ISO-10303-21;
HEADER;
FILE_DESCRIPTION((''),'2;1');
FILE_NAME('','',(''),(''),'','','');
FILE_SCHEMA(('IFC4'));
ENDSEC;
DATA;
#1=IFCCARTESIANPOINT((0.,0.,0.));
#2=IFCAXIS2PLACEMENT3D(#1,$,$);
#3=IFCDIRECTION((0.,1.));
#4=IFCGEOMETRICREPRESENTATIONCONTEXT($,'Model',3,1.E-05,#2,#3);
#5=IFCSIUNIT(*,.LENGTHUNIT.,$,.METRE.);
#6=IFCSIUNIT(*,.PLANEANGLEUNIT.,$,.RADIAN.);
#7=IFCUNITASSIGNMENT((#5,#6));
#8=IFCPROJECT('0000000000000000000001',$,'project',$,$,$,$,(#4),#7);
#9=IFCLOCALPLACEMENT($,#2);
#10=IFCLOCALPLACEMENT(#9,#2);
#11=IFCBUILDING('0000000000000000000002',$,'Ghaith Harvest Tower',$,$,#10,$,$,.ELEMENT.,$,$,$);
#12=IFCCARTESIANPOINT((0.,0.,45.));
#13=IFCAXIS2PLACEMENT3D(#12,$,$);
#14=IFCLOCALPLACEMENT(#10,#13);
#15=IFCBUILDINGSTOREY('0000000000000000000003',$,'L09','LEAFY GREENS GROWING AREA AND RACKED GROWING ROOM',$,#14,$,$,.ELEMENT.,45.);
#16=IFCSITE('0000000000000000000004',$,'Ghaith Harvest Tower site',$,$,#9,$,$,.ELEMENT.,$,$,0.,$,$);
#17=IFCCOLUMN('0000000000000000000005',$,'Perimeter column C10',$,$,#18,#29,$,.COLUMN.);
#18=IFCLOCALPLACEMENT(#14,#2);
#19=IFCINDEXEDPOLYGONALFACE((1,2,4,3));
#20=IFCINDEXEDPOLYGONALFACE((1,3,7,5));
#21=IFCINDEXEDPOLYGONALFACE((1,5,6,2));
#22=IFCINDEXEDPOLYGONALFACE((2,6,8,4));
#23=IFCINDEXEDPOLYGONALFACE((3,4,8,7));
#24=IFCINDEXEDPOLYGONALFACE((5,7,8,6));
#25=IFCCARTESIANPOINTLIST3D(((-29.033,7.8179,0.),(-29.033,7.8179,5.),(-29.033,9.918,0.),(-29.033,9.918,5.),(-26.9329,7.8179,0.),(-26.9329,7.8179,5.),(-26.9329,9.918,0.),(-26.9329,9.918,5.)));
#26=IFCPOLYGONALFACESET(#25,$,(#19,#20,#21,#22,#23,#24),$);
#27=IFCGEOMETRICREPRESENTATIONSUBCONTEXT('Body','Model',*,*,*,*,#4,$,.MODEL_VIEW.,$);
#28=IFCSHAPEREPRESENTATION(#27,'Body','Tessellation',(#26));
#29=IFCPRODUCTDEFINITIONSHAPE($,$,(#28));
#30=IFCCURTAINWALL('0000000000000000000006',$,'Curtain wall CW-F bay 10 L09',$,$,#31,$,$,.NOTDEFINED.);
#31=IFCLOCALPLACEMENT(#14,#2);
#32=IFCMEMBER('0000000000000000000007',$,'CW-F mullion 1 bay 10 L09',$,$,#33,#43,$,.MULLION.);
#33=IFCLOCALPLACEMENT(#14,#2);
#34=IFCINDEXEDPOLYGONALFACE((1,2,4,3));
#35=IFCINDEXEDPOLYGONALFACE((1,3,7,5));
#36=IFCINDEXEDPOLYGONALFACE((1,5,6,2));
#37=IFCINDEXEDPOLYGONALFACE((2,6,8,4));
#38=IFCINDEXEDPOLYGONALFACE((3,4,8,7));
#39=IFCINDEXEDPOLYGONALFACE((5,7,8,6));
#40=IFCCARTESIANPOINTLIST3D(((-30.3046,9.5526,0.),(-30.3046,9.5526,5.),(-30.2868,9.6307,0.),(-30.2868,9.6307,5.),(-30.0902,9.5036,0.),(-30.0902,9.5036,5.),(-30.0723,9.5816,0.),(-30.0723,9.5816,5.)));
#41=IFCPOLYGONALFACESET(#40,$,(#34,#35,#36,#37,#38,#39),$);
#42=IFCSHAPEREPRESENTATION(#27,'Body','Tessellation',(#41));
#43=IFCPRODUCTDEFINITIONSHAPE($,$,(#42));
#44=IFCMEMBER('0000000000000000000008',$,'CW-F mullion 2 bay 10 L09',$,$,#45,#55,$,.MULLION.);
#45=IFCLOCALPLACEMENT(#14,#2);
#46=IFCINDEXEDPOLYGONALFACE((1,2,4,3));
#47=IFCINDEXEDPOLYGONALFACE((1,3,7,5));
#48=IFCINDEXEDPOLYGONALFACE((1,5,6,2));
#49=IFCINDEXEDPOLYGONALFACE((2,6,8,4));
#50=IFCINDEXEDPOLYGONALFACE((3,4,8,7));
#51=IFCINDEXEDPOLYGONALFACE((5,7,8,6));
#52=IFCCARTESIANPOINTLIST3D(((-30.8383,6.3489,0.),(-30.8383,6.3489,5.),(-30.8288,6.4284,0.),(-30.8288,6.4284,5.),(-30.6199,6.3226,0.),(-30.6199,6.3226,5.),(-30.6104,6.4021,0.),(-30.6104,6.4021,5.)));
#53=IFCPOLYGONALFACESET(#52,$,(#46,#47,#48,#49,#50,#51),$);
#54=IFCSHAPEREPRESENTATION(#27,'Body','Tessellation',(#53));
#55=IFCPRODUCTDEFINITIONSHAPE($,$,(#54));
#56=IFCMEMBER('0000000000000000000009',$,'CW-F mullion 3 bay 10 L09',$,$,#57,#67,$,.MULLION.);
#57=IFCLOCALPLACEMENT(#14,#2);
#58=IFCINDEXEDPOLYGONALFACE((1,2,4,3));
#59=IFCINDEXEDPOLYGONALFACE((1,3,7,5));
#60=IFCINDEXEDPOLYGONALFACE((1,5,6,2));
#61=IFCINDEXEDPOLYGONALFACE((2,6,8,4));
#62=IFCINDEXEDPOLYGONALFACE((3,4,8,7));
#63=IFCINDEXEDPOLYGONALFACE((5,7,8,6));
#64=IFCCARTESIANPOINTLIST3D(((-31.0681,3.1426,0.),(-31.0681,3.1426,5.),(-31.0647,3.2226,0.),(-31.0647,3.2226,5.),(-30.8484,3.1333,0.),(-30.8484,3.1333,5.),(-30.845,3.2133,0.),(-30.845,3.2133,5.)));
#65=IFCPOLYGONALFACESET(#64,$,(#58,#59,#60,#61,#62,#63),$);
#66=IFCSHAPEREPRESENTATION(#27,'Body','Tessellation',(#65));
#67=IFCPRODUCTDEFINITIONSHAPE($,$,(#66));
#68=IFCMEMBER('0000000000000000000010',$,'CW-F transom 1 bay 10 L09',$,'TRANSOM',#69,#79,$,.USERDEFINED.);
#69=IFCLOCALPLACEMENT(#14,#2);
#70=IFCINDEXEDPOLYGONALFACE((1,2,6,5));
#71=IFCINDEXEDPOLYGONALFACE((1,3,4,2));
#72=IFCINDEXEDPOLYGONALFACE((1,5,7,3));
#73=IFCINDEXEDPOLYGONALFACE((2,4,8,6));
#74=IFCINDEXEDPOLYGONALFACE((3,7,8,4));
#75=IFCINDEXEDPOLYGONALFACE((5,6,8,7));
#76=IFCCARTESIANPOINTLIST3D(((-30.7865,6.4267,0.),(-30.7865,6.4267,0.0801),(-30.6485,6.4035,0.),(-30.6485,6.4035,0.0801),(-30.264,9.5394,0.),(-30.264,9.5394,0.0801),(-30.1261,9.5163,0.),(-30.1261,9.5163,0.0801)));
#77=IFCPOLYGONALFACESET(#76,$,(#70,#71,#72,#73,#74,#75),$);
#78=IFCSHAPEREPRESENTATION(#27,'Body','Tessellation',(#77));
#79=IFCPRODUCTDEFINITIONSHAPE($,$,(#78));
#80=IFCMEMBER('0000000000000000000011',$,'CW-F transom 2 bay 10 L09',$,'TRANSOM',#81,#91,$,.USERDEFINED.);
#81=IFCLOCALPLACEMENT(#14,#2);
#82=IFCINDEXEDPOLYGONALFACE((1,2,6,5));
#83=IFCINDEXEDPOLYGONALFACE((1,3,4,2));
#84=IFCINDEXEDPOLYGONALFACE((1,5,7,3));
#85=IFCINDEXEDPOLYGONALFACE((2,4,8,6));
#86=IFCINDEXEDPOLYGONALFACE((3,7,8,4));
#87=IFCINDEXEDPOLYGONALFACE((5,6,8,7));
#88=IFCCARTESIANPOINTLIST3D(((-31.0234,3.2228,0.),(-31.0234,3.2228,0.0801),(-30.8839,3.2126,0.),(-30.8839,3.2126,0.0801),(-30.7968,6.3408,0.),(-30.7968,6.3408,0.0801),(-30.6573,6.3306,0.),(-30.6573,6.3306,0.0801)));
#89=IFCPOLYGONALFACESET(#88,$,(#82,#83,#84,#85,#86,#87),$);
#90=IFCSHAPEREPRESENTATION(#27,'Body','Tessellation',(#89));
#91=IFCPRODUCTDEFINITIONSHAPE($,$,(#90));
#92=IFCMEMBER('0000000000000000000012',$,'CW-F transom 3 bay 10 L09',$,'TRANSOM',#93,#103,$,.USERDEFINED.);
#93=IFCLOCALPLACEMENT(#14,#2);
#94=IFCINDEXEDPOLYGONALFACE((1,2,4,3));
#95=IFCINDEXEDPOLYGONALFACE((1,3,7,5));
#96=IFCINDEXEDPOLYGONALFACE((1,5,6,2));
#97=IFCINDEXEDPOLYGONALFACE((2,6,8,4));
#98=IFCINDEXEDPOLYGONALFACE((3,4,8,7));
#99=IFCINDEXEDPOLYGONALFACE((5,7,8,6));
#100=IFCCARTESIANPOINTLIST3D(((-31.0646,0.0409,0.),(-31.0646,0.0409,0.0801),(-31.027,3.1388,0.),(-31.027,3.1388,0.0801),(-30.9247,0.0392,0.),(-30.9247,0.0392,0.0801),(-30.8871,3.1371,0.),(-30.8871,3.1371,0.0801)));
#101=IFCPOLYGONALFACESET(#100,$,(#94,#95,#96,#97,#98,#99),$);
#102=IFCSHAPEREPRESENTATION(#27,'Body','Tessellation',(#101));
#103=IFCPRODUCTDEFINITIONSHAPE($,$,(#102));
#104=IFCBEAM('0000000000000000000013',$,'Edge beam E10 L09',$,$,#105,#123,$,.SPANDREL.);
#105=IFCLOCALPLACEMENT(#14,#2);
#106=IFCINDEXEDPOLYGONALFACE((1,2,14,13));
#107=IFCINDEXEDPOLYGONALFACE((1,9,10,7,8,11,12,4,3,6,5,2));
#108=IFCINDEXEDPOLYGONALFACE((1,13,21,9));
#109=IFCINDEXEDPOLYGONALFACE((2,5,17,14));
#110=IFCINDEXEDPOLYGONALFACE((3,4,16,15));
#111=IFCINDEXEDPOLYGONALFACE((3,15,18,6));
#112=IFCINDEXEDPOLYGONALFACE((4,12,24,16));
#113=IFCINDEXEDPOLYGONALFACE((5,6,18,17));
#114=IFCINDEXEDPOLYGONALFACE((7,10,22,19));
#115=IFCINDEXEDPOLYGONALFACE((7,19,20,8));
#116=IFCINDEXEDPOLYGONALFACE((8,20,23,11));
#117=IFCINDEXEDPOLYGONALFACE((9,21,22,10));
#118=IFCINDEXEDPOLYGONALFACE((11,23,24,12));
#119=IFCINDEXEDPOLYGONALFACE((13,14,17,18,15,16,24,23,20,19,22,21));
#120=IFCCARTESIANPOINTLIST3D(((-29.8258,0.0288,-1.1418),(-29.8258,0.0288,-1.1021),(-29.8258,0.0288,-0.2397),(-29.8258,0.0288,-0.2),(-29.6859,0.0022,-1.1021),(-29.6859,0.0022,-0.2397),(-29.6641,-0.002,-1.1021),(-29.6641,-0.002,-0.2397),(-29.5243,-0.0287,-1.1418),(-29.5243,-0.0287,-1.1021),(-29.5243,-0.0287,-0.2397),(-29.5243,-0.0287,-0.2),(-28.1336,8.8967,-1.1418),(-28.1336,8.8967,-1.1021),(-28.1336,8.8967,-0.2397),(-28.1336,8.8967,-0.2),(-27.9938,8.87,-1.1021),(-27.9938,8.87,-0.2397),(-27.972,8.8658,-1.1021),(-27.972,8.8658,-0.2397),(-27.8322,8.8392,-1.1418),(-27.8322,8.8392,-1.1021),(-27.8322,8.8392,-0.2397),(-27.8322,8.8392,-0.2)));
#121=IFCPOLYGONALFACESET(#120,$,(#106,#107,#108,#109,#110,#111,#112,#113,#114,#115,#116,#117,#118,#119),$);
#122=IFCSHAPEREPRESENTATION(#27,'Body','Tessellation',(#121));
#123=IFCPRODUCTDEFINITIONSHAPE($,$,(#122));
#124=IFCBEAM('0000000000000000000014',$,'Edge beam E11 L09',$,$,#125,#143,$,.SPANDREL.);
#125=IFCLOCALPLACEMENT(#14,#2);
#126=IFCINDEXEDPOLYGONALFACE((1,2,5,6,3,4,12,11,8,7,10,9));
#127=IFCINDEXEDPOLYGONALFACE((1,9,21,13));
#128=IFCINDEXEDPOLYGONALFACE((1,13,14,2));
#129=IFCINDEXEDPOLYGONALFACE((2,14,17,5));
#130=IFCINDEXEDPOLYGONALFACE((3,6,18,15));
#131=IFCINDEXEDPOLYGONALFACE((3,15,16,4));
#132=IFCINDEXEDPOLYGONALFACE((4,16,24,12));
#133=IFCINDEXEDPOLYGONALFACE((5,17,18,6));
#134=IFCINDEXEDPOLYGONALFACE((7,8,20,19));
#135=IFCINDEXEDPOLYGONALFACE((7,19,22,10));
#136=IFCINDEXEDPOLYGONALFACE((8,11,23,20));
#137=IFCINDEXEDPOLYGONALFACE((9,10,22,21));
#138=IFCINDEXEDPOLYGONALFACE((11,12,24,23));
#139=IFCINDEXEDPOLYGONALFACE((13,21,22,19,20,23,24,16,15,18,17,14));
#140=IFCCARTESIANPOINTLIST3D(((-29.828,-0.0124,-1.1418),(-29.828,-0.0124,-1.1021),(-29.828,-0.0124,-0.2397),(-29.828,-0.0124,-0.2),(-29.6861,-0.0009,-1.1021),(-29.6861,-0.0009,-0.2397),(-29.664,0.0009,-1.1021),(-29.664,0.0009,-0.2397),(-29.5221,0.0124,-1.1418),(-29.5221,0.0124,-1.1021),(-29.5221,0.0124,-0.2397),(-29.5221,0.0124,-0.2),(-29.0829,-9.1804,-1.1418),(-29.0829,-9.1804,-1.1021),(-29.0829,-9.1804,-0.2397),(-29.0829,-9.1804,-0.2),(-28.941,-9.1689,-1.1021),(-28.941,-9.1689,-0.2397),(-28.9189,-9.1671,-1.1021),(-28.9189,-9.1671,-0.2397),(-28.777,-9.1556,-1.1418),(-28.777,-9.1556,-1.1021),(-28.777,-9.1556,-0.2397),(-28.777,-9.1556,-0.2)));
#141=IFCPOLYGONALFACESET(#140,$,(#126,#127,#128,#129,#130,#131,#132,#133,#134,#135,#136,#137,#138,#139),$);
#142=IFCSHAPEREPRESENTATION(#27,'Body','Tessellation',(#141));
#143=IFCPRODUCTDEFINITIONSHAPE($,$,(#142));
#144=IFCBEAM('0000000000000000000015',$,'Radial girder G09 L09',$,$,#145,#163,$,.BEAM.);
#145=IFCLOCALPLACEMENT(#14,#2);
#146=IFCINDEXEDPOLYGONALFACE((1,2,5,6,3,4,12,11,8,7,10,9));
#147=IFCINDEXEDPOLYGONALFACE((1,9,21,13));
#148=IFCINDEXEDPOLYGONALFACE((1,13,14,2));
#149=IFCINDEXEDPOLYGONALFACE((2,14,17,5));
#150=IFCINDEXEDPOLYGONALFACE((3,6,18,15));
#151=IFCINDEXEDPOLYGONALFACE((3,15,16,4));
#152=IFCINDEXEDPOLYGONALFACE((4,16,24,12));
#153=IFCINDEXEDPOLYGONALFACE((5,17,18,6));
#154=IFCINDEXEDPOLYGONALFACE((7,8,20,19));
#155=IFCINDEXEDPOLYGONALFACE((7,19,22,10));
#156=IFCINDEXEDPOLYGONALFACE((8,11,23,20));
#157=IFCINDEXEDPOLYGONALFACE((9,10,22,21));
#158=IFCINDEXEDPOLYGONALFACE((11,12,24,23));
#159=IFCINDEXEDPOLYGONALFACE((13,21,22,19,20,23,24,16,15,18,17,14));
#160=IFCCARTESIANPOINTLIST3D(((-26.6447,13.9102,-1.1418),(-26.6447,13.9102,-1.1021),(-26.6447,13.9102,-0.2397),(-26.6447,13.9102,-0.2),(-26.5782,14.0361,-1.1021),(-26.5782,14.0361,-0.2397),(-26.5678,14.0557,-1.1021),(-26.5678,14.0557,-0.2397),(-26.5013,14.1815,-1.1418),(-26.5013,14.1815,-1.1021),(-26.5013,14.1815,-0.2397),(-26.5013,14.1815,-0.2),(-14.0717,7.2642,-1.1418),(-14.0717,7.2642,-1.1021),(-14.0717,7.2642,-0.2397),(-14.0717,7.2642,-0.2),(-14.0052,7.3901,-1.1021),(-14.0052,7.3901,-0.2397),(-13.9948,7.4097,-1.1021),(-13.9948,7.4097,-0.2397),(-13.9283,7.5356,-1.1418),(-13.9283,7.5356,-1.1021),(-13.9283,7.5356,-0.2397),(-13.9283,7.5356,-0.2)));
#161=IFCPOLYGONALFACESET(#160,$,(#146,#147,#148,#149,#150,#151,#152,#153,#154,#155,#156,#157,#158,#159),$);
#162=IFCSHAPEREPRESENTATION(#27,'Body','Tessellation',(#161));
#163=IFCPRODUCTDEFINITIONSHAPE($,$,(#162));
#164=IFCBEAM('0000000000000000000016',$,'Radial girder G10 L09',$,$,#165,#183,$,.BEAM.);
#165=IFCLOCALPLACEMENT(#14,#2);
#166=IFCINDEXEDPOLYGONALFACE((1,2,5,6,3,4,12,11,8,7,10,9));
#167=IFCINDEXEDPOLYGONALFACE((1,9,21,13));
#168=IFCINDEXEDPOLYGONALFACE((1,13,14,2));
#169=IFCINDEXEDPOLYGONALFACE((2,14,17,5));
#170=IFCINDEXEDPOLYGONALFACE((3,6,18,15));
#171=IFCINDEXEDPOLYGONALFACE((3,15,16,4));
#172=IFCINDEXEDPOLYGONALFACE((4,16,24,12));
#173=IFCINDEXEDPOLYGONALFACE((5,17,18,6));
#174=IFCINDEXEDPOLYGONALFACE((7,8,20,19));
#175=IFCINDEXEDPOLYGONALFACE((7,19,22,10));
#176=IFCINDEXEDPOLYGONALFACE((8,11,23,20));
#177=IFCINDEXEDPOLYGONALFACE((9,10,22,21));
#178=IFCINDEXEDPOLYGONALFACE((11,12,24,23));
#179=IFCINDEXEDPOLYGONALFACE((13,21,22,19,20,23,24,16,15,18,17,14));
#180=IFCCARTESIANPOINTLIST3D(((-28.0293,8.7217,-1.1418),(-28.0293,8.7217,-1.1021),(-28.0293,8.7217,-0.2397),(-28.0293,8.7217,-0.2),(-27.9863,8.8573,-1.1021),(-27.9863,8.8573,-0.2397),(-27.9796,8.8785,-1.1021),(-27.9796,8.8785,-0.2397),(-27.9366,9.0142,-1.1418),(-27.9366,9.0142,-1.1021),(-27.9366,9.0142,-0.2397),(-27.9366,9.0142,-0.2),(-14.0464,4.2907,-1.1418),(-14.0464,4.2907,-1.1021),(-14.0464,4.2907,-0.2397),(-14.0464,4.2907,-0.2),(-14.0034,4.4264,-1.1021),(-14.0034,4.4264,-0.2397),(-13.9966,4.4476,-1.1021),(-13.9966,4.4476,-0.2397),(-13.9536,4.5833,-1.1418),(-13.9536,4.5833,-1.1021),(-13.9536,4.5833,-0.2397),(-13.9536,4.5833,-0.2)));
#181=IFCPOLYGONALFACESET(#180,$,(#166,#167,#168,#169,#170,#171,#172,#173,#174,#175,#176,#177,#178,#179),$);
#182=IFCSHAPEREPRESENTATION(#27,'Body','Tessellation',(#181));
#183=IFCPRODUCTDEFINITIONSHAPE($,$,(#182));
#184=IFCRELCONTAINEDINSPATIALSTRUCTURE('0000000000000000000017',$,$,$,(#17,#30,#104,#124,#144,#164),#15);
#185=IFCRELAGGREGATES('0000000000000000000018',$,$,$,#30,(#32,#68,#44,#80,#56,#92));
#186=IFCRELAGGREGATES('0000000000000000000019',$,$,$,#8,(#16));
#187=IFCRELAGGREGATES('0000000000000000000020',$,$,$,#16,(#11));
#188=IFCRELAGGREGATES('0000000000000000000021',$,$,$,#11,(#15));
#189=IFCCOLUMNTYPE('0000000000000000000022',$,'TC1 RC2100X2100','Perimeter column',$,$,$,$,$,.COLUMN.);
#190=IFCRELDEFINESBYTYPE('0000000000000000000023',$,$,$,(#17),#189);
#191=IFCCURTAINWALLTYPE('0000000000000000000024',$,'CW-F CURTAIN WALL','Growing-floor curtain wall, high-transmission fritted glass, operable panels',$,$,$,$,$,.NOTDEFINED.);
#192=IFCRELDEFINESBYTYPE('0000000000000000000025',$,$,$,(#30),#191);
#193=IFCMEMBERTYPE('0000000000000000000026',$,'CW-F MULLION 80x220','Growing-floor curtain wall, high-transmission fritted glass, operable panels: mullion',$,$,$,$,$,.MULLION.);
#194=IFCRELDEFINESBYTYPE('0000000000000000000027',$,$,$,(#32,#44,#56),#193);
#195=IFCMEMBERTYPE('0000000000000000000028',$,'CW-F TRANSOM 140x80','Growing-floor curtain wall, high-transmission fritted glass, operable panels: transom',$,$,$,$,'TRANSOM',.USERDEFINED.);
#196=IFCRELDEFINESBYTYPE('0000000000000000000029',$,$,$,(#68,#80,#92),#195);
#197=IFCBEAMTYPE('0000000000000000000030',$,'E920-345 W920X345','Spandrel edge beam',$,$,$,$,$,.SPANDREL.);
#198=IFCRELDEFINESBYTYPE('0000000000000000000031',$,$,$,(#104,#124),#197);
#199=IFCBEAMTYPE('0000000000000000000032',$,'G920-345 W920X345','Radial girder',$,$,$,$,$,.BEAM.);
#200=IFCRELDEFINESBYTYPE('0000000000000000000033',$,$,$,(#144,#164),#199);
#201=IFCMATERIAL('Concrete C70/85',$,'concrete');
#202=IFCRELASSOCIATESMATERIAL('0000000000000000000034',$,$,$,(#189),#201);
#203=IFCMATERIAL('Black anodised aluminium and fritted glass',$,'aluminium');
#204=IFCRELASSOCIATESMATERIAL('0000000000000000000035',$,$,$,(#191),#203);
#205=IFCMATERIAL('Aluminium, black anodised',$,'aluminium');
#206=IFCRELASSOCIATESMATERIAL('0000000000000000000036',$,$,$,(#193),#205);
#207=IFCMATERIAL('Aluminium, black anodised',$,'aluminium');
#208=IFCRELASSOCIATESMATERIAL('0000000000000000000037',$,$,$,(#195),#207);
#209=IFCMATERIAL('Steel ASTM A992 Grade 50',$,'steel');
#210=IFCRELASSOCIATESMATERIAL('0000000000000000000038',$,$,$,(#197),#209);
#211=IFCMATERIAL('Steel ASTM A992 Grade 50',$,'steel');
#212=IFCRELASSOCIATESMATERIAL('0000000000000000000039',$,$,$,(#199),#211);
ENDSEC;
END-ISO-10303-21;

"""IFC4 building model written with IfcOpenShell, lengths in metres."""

from ifc_helpers import new_model, si_unit, direction, frame, origin, origin_2d, place, context, subcontext, project, spatial, rectangle, i_section, extrude, material, material_profile, profile_set, type_object, element, aggregate, save


model = new_model("IFC4")

# Units and contexts
model_context = context("Model", 3, precision=1e-05, world=origin(), true_north=direction((0.0, 1.0)))
body_context = subcontext(model_context, "Body", "Model", "MODEL_VIEW")
ifc_project = project(units=[si_unit("LENGTHUNIT", "METRE"), si_unit("PLANEANGLEUNIT", "RADIAN")], contexts=[model_context])

# Site, building, storey
site_placement = place(None, origin())
site = spatial("IfcSite", under=ifc_project, at=site_placement, Name="Ghaith Harvest Tower site", CompositionType="ELEMENT", RefElevation=0.0)
building_placement = place(site_placement, origin())
building = spatial("IfcBuilding", under=site, at=building_placement, Name="Ghaith Harvest Tower", CompositionType="ELEMENT")
storey_placement = place(building_placement, frame((0.0, 0.0, 45.0)))
storey = spatial("IfcBuildingStorey", under=building, at=storey_placement, Name="L09", Description="LEAFY GREENS GROWING AREA AND RACKED GROWING ROOM", CompositionType="ELEMENT", Elevation=45.0)

# Column
ifc_material_1 = material(Name="Concrete C70/85", Category="concrete")
ifc_material_profile_1 = material_profile(ifc_material_1, rectangle(XDim=2.1001, YDim=2.1001, at=origin_2d()), Name="RC2100X2100")
ifc_profile_set_1 = profile_set([ifc_material_profile_1], Name="Concrete C70/85")
column_type = type_object("IfcColumnType", Name="TC1 RC2100X2100", Description="Perimeter column", PredefinedType="COLUMN", material=ifc_profile_set_1)
column_placement = place(storey_placement, frame((-27.9829, 8.8679, 0.0), z_axis=(0.0, 0.0, 1.0), x_axis=(1.0, 0.0, 0.0)))
element("IfcColumn", 1, at=column_placement, inside=storey, type_object=column_type, Name="Perimeter column C10", PredefinedType="COLUMN", context=body_context, shape_type="SweptSolid", body=[
    extrude(rectangle(XDim=2.1001, YDim=2.1001, at=origin_2d()), origin(), (0.0, 0.0, 1.0), 5.0),
])

# Curtain wall, members
ifc_material_2 = material(Name="Black anodised aluminium and fritted glass", Category="aluminium")
curtain_wall_type = type_object("IfcCurtainWallType", Name="CW-F CURTAIN WALL", Description="Growing-floor curtain wall, high-transmission fritted glass, operable panels", PredefinedType="NOTDEFINED", material=ifc_material_2)
curtain_wall_1_placement = place(storey_placement, origin())
curtain_wall_1 = element("IfcCurtainWall", 2, at=curtain_wall_1_placement, inside=storey, type_object=curtain_wall_type, Name="Curtain wall CW-F bay 10 L09", PredefinedType="NOTDEFINED")
ifc_material_3 = material(Name="Aluminium, black anodised", Category="aluminium")
ifc_material_profile_2 = material_profile(ifc_material_3, rectangle(XDim=0.0801, YDim=0.22, at=origin_2d()), Name="CW-F MULLION 80x220")
ifc_profile_set_2 = profile_set([ifc_material_profile_2], Name="Aluminium, black anodised")
member_type_1 = type_object("IfcMemberType", Name="CW-F MULLION 80x220", Description="Growing-floor curtain wall, high-transmission fritted glass, operable panels: mullion", PredefinedType="MULLION", material=ifc_profile_set_2)
member_1_placement = place(storey_placement, frame((-30.1885, 9.5671, 0.0), z_axis=(0.0, 0.0, 1.0), x_axis=(-0.222967, -0.974826, 0.0)))
member_1 = element("IfcMember", 3, at=member_1_placement, type_object=member_type_1, Name="CW-F mullion 1 bay 10 L09", PredefinedType="MULLION", context=body_context, shape_type="SweptSolid", body=[
    extrude(rectangle(XDim=0.0801, YDim=0.22, at=origin_2d()), origin(), (0.0, 0.0, 1.0), 5.0),
])
member_2_placement = place(storey_placement, frame((-30.7244, 6.3755, 0.0), z_axis=(0.0, 0.0, 1.0), x_axis=(-0.119353, -0.992852, 0.0)))
member_2 = element("IfcMember", 4, at=member_2_placement, type_object=member_type_1, Name="CW-F mullion 2 bay 10 L09", PredefinedType="MULLION", context=body_context, shape_type="SweptSolid", body=[
    extrude(rectangle(XDim=0.0801, YDim=0.22, at=origin_2d()), origin(), (0.0, 0.0, 1.0), 5.0),
])
member_3_placement = place(storey_placement, frame((-30.9565, 3.178, 0.0), z_axis=(0.0, 0.0, 1.0), x_axis=(-0.042427, -0.9991, 0.0)))
member_3 = element("IfcMember", 5, at=member_3_placement, type_object=member_type_1, Name="CW-F mullion 3 bay 10 L09", PredefinedType="MULLION", context=body_context, shape_type="SweptSolid", body=[
    extrude(rectangle(XDim=0.0801, YDim=0.22, at=origin_2d()), origin(), (0.0, 0.0, 1.0), 5.0),
])
ifc_material_4 = material(Name="Aluminium, black anodised", Category="aluminium")
ifc_material_profile_3 = material_profile(ifc_material_4, rectangle(XDim=0.1399, YDim=0.0801, at=origin_2d()), Name="CW-F TRANSOM 140x80")
ifc_profile_set_3 = profile_set([ifc_material_profile_3], Name="Aluminium, black anodised")
member_type_2 = type_object("IfcMemberType", Name="CW-F TRANSOM 140x80", Description="Growing-floor curtain wall, high-transmission fritted glass, operable panels: transom", ElementType="TRANSOM", PredefinedType="USERDEFINED", material=ifc_profile_set_3)
member_4_placement = place(storey_placement, frame((-30.1951, 9.5278, 0.04), z_axis=(-0.165528, -0.986205, 0.0), x_axis=(0.986205, -0.165528, 0.0)))
member_4 = element("IfcMember", 6, at=member_4_placement, type_object=member_type_2, Name="CW-F transom 1 bay 10 L09", ObjectType="TRANSOM", PredefinedType="USERDEFINED", context=body_context, shape_type="SweptSolid", body=[
    extrude(rectangle(XDim=0.1399, YDim=0.0801, at=origin_2d()), origin(), (0.0, 0.0, 1.0), 3.1562),
])
member_5_placement = place(storey_placement, frame((-30.7271, 6.3357, 0.04), z_axis=(-0.072474, -0.99737, 0.0), x_axis=(0.99737, -0.072474, 0.0)))
member_5 = element("IfcMember", 7, at=member_5_placement, type_object=member_type_2, Name="CW-F transom 2 bay 10 L09", ObjectType="TRANSOM", PredefinedType="USERDEFINED", context=body_context, shape_type="SweptSolid", body=[
    extrude(rectangle(XDim=0.1399, YDim=0.0801, at=origin_2d()), origin(), (0.0, 0.0, 1.0), 3.1262),
])
member_6_placement = place(storey_placement, frame((-30.957, 3.1379, 0.04), z_axis=(-0.012136, -0.999926, 0.0), x_axis=(0.999926, -0.012136, 0.0)))
member_6 = element("IfcMember", 8, at=member_6_placement, type_object=member_type_2, Name="CW-F transom 3 bay 10 L09", ObjectType="TRANSOM", PredefinedType="USERDEFINED", context=body_context, shape_type="SweptSolid", body=[
    extrude(rectangle(XDim=0.1399, YDim=0.0801, at=origin_2d()), origin(), (0.0, 0.0, 1.0), 3.0981),
])

# Beams
ifc_material_5 = material(Name="Steel ASTM A992 Grade 50", Category="steel")
ifc_material_profile_4 = material_profile(ifc_material_5, i_section(OverallWidth=0.3069, OverallDepth=0.9419, WebThickness=0.0222, FlangeThickness=0.0398, at=origin_2d()), Name="W920X345")
ifc_profile_set_4 = profile_set([ifc_material_profile_4], Name="Steel ASTM A992 Grade 50")
beam_type_1 = type_object("IfcBeamType", Name="E920-345 W920X345", Description="Spandrel edge beam", PredefinedType="SPANDREL", material=ifc_profile_set_4)
beam_1_placement = place(storey_placement, frame((-27.9829, 8.8679, -0.6709), z_axis=(-0.187434, -0.982277, 0.0), x_axis=(0.982277, -0.187434, 0.0)))
element("IfcBeam", 9, at=beam_1_placement, inside=storey, type_object=beam_type_1, Name="Edge beam E10 L09", PredefinedType="SPANDREL", context=body_context, shape_type="SweptSolid", body=[
    extrude(i_section(OverallWidth=0.3069, OverallDepth=0.9419, WebThickness=0.0222, FlangeThickness=0.0398, at=origin_2d()), origin(), (0.0, 0.0, 1.0), 9.0278),
])
beam_2_placement = place(storey_placement, frame((-29.675, 0.0, -0.6709), z_axis=(0.081007, -0.996714, 0.0), x_axis=(0.996714, 0.081007, 0.0)))
element("IfcBeam", 10, at=beam_2_placement, inside=storey, type_object=beam_type_1, Name="Edge beam E11 L09", PredefinedType="SPANDREL", context=body_context, shape_type="SweptSolid", body=[
    extrude(i_section(OverallWidth=0.3069, OverallDepth=0.9419, WebThickness=0.0222, FlangeThickness=0.0398, at=origin_2d()), origin(), (0.0, 0.0, 1.0), 9.1982),
])
ifc_material_6 = material(Name="Steel ASTM A992 Grade 50", Category="steel")
ifc_material_profile_5 = material_profile(ifc_material_6, i_section(OverallWidth=0.3069, OverallDepth=0.9419, WebThickness=0.0222, FlangeThickness=0.0398, at=origin_2d()), Name="W920X345")
ifc_profile_set_5 = profile_set([ifc_material_profile_5], Name="Steel ASTM A992 Grade 50")
beam_type_2 = type_object("IfcBeamType", Name="G920-345 W920X345", Description="Radial girder", PredefinedType="BEAM", material=ifc_profile_set_5)
beam_3_placement = place(storey_placement, frame((-14.0, 7.3999, -0.6709), z_axis=(-0.884087, 0.467322, 0.0), x_axis=(-0.467322, -0.884087, 0.0)))
element("IfcBeam", 11, at=beam_3_placement, inside=storey, type_object=beam_type_2, Name="Radial girder G09 L09", PredefinedType="BEAM", context=body_context, shape_type="SweptSolid", body=[
    extrude(i_section(OverallWidth=0.3069, OverallDepth=0.9419, WebThickness=0.0222, FlangeThickness=0.0398, at=origin_2d()), origin(), (0.0, 0.0, 1.0), 14.2214),
])
beam_4_placement = place(storey_placement, frame((-14.0, 4.437, -0.6709), z_axis=(-0.953284, 0.302077, 0.0), x_axis=(-0.302077, -0.953284, 0.0)))
element("IfcBeam", 12, at=beam_4_placement, inside=storey, type_object=beam_type_2, Name="Radial girder G10 L09", PredefinedType="BEAM", context=body_context, shape_type="SweptSolid", body=[
    extrude(i_section(OverallWidth=0.3069, OverallDepth=0.9419, WebThickness=0.0222, FlangeThickness=0.0398, at=origin_2d()), origin(), (0.0, 0.0, 1.0), 14.6682),
])

aggregate(curtain_wall_1, [member_1, member_4, member_2, member_5, member_3, member_6])

save(model, "model.ifc")
